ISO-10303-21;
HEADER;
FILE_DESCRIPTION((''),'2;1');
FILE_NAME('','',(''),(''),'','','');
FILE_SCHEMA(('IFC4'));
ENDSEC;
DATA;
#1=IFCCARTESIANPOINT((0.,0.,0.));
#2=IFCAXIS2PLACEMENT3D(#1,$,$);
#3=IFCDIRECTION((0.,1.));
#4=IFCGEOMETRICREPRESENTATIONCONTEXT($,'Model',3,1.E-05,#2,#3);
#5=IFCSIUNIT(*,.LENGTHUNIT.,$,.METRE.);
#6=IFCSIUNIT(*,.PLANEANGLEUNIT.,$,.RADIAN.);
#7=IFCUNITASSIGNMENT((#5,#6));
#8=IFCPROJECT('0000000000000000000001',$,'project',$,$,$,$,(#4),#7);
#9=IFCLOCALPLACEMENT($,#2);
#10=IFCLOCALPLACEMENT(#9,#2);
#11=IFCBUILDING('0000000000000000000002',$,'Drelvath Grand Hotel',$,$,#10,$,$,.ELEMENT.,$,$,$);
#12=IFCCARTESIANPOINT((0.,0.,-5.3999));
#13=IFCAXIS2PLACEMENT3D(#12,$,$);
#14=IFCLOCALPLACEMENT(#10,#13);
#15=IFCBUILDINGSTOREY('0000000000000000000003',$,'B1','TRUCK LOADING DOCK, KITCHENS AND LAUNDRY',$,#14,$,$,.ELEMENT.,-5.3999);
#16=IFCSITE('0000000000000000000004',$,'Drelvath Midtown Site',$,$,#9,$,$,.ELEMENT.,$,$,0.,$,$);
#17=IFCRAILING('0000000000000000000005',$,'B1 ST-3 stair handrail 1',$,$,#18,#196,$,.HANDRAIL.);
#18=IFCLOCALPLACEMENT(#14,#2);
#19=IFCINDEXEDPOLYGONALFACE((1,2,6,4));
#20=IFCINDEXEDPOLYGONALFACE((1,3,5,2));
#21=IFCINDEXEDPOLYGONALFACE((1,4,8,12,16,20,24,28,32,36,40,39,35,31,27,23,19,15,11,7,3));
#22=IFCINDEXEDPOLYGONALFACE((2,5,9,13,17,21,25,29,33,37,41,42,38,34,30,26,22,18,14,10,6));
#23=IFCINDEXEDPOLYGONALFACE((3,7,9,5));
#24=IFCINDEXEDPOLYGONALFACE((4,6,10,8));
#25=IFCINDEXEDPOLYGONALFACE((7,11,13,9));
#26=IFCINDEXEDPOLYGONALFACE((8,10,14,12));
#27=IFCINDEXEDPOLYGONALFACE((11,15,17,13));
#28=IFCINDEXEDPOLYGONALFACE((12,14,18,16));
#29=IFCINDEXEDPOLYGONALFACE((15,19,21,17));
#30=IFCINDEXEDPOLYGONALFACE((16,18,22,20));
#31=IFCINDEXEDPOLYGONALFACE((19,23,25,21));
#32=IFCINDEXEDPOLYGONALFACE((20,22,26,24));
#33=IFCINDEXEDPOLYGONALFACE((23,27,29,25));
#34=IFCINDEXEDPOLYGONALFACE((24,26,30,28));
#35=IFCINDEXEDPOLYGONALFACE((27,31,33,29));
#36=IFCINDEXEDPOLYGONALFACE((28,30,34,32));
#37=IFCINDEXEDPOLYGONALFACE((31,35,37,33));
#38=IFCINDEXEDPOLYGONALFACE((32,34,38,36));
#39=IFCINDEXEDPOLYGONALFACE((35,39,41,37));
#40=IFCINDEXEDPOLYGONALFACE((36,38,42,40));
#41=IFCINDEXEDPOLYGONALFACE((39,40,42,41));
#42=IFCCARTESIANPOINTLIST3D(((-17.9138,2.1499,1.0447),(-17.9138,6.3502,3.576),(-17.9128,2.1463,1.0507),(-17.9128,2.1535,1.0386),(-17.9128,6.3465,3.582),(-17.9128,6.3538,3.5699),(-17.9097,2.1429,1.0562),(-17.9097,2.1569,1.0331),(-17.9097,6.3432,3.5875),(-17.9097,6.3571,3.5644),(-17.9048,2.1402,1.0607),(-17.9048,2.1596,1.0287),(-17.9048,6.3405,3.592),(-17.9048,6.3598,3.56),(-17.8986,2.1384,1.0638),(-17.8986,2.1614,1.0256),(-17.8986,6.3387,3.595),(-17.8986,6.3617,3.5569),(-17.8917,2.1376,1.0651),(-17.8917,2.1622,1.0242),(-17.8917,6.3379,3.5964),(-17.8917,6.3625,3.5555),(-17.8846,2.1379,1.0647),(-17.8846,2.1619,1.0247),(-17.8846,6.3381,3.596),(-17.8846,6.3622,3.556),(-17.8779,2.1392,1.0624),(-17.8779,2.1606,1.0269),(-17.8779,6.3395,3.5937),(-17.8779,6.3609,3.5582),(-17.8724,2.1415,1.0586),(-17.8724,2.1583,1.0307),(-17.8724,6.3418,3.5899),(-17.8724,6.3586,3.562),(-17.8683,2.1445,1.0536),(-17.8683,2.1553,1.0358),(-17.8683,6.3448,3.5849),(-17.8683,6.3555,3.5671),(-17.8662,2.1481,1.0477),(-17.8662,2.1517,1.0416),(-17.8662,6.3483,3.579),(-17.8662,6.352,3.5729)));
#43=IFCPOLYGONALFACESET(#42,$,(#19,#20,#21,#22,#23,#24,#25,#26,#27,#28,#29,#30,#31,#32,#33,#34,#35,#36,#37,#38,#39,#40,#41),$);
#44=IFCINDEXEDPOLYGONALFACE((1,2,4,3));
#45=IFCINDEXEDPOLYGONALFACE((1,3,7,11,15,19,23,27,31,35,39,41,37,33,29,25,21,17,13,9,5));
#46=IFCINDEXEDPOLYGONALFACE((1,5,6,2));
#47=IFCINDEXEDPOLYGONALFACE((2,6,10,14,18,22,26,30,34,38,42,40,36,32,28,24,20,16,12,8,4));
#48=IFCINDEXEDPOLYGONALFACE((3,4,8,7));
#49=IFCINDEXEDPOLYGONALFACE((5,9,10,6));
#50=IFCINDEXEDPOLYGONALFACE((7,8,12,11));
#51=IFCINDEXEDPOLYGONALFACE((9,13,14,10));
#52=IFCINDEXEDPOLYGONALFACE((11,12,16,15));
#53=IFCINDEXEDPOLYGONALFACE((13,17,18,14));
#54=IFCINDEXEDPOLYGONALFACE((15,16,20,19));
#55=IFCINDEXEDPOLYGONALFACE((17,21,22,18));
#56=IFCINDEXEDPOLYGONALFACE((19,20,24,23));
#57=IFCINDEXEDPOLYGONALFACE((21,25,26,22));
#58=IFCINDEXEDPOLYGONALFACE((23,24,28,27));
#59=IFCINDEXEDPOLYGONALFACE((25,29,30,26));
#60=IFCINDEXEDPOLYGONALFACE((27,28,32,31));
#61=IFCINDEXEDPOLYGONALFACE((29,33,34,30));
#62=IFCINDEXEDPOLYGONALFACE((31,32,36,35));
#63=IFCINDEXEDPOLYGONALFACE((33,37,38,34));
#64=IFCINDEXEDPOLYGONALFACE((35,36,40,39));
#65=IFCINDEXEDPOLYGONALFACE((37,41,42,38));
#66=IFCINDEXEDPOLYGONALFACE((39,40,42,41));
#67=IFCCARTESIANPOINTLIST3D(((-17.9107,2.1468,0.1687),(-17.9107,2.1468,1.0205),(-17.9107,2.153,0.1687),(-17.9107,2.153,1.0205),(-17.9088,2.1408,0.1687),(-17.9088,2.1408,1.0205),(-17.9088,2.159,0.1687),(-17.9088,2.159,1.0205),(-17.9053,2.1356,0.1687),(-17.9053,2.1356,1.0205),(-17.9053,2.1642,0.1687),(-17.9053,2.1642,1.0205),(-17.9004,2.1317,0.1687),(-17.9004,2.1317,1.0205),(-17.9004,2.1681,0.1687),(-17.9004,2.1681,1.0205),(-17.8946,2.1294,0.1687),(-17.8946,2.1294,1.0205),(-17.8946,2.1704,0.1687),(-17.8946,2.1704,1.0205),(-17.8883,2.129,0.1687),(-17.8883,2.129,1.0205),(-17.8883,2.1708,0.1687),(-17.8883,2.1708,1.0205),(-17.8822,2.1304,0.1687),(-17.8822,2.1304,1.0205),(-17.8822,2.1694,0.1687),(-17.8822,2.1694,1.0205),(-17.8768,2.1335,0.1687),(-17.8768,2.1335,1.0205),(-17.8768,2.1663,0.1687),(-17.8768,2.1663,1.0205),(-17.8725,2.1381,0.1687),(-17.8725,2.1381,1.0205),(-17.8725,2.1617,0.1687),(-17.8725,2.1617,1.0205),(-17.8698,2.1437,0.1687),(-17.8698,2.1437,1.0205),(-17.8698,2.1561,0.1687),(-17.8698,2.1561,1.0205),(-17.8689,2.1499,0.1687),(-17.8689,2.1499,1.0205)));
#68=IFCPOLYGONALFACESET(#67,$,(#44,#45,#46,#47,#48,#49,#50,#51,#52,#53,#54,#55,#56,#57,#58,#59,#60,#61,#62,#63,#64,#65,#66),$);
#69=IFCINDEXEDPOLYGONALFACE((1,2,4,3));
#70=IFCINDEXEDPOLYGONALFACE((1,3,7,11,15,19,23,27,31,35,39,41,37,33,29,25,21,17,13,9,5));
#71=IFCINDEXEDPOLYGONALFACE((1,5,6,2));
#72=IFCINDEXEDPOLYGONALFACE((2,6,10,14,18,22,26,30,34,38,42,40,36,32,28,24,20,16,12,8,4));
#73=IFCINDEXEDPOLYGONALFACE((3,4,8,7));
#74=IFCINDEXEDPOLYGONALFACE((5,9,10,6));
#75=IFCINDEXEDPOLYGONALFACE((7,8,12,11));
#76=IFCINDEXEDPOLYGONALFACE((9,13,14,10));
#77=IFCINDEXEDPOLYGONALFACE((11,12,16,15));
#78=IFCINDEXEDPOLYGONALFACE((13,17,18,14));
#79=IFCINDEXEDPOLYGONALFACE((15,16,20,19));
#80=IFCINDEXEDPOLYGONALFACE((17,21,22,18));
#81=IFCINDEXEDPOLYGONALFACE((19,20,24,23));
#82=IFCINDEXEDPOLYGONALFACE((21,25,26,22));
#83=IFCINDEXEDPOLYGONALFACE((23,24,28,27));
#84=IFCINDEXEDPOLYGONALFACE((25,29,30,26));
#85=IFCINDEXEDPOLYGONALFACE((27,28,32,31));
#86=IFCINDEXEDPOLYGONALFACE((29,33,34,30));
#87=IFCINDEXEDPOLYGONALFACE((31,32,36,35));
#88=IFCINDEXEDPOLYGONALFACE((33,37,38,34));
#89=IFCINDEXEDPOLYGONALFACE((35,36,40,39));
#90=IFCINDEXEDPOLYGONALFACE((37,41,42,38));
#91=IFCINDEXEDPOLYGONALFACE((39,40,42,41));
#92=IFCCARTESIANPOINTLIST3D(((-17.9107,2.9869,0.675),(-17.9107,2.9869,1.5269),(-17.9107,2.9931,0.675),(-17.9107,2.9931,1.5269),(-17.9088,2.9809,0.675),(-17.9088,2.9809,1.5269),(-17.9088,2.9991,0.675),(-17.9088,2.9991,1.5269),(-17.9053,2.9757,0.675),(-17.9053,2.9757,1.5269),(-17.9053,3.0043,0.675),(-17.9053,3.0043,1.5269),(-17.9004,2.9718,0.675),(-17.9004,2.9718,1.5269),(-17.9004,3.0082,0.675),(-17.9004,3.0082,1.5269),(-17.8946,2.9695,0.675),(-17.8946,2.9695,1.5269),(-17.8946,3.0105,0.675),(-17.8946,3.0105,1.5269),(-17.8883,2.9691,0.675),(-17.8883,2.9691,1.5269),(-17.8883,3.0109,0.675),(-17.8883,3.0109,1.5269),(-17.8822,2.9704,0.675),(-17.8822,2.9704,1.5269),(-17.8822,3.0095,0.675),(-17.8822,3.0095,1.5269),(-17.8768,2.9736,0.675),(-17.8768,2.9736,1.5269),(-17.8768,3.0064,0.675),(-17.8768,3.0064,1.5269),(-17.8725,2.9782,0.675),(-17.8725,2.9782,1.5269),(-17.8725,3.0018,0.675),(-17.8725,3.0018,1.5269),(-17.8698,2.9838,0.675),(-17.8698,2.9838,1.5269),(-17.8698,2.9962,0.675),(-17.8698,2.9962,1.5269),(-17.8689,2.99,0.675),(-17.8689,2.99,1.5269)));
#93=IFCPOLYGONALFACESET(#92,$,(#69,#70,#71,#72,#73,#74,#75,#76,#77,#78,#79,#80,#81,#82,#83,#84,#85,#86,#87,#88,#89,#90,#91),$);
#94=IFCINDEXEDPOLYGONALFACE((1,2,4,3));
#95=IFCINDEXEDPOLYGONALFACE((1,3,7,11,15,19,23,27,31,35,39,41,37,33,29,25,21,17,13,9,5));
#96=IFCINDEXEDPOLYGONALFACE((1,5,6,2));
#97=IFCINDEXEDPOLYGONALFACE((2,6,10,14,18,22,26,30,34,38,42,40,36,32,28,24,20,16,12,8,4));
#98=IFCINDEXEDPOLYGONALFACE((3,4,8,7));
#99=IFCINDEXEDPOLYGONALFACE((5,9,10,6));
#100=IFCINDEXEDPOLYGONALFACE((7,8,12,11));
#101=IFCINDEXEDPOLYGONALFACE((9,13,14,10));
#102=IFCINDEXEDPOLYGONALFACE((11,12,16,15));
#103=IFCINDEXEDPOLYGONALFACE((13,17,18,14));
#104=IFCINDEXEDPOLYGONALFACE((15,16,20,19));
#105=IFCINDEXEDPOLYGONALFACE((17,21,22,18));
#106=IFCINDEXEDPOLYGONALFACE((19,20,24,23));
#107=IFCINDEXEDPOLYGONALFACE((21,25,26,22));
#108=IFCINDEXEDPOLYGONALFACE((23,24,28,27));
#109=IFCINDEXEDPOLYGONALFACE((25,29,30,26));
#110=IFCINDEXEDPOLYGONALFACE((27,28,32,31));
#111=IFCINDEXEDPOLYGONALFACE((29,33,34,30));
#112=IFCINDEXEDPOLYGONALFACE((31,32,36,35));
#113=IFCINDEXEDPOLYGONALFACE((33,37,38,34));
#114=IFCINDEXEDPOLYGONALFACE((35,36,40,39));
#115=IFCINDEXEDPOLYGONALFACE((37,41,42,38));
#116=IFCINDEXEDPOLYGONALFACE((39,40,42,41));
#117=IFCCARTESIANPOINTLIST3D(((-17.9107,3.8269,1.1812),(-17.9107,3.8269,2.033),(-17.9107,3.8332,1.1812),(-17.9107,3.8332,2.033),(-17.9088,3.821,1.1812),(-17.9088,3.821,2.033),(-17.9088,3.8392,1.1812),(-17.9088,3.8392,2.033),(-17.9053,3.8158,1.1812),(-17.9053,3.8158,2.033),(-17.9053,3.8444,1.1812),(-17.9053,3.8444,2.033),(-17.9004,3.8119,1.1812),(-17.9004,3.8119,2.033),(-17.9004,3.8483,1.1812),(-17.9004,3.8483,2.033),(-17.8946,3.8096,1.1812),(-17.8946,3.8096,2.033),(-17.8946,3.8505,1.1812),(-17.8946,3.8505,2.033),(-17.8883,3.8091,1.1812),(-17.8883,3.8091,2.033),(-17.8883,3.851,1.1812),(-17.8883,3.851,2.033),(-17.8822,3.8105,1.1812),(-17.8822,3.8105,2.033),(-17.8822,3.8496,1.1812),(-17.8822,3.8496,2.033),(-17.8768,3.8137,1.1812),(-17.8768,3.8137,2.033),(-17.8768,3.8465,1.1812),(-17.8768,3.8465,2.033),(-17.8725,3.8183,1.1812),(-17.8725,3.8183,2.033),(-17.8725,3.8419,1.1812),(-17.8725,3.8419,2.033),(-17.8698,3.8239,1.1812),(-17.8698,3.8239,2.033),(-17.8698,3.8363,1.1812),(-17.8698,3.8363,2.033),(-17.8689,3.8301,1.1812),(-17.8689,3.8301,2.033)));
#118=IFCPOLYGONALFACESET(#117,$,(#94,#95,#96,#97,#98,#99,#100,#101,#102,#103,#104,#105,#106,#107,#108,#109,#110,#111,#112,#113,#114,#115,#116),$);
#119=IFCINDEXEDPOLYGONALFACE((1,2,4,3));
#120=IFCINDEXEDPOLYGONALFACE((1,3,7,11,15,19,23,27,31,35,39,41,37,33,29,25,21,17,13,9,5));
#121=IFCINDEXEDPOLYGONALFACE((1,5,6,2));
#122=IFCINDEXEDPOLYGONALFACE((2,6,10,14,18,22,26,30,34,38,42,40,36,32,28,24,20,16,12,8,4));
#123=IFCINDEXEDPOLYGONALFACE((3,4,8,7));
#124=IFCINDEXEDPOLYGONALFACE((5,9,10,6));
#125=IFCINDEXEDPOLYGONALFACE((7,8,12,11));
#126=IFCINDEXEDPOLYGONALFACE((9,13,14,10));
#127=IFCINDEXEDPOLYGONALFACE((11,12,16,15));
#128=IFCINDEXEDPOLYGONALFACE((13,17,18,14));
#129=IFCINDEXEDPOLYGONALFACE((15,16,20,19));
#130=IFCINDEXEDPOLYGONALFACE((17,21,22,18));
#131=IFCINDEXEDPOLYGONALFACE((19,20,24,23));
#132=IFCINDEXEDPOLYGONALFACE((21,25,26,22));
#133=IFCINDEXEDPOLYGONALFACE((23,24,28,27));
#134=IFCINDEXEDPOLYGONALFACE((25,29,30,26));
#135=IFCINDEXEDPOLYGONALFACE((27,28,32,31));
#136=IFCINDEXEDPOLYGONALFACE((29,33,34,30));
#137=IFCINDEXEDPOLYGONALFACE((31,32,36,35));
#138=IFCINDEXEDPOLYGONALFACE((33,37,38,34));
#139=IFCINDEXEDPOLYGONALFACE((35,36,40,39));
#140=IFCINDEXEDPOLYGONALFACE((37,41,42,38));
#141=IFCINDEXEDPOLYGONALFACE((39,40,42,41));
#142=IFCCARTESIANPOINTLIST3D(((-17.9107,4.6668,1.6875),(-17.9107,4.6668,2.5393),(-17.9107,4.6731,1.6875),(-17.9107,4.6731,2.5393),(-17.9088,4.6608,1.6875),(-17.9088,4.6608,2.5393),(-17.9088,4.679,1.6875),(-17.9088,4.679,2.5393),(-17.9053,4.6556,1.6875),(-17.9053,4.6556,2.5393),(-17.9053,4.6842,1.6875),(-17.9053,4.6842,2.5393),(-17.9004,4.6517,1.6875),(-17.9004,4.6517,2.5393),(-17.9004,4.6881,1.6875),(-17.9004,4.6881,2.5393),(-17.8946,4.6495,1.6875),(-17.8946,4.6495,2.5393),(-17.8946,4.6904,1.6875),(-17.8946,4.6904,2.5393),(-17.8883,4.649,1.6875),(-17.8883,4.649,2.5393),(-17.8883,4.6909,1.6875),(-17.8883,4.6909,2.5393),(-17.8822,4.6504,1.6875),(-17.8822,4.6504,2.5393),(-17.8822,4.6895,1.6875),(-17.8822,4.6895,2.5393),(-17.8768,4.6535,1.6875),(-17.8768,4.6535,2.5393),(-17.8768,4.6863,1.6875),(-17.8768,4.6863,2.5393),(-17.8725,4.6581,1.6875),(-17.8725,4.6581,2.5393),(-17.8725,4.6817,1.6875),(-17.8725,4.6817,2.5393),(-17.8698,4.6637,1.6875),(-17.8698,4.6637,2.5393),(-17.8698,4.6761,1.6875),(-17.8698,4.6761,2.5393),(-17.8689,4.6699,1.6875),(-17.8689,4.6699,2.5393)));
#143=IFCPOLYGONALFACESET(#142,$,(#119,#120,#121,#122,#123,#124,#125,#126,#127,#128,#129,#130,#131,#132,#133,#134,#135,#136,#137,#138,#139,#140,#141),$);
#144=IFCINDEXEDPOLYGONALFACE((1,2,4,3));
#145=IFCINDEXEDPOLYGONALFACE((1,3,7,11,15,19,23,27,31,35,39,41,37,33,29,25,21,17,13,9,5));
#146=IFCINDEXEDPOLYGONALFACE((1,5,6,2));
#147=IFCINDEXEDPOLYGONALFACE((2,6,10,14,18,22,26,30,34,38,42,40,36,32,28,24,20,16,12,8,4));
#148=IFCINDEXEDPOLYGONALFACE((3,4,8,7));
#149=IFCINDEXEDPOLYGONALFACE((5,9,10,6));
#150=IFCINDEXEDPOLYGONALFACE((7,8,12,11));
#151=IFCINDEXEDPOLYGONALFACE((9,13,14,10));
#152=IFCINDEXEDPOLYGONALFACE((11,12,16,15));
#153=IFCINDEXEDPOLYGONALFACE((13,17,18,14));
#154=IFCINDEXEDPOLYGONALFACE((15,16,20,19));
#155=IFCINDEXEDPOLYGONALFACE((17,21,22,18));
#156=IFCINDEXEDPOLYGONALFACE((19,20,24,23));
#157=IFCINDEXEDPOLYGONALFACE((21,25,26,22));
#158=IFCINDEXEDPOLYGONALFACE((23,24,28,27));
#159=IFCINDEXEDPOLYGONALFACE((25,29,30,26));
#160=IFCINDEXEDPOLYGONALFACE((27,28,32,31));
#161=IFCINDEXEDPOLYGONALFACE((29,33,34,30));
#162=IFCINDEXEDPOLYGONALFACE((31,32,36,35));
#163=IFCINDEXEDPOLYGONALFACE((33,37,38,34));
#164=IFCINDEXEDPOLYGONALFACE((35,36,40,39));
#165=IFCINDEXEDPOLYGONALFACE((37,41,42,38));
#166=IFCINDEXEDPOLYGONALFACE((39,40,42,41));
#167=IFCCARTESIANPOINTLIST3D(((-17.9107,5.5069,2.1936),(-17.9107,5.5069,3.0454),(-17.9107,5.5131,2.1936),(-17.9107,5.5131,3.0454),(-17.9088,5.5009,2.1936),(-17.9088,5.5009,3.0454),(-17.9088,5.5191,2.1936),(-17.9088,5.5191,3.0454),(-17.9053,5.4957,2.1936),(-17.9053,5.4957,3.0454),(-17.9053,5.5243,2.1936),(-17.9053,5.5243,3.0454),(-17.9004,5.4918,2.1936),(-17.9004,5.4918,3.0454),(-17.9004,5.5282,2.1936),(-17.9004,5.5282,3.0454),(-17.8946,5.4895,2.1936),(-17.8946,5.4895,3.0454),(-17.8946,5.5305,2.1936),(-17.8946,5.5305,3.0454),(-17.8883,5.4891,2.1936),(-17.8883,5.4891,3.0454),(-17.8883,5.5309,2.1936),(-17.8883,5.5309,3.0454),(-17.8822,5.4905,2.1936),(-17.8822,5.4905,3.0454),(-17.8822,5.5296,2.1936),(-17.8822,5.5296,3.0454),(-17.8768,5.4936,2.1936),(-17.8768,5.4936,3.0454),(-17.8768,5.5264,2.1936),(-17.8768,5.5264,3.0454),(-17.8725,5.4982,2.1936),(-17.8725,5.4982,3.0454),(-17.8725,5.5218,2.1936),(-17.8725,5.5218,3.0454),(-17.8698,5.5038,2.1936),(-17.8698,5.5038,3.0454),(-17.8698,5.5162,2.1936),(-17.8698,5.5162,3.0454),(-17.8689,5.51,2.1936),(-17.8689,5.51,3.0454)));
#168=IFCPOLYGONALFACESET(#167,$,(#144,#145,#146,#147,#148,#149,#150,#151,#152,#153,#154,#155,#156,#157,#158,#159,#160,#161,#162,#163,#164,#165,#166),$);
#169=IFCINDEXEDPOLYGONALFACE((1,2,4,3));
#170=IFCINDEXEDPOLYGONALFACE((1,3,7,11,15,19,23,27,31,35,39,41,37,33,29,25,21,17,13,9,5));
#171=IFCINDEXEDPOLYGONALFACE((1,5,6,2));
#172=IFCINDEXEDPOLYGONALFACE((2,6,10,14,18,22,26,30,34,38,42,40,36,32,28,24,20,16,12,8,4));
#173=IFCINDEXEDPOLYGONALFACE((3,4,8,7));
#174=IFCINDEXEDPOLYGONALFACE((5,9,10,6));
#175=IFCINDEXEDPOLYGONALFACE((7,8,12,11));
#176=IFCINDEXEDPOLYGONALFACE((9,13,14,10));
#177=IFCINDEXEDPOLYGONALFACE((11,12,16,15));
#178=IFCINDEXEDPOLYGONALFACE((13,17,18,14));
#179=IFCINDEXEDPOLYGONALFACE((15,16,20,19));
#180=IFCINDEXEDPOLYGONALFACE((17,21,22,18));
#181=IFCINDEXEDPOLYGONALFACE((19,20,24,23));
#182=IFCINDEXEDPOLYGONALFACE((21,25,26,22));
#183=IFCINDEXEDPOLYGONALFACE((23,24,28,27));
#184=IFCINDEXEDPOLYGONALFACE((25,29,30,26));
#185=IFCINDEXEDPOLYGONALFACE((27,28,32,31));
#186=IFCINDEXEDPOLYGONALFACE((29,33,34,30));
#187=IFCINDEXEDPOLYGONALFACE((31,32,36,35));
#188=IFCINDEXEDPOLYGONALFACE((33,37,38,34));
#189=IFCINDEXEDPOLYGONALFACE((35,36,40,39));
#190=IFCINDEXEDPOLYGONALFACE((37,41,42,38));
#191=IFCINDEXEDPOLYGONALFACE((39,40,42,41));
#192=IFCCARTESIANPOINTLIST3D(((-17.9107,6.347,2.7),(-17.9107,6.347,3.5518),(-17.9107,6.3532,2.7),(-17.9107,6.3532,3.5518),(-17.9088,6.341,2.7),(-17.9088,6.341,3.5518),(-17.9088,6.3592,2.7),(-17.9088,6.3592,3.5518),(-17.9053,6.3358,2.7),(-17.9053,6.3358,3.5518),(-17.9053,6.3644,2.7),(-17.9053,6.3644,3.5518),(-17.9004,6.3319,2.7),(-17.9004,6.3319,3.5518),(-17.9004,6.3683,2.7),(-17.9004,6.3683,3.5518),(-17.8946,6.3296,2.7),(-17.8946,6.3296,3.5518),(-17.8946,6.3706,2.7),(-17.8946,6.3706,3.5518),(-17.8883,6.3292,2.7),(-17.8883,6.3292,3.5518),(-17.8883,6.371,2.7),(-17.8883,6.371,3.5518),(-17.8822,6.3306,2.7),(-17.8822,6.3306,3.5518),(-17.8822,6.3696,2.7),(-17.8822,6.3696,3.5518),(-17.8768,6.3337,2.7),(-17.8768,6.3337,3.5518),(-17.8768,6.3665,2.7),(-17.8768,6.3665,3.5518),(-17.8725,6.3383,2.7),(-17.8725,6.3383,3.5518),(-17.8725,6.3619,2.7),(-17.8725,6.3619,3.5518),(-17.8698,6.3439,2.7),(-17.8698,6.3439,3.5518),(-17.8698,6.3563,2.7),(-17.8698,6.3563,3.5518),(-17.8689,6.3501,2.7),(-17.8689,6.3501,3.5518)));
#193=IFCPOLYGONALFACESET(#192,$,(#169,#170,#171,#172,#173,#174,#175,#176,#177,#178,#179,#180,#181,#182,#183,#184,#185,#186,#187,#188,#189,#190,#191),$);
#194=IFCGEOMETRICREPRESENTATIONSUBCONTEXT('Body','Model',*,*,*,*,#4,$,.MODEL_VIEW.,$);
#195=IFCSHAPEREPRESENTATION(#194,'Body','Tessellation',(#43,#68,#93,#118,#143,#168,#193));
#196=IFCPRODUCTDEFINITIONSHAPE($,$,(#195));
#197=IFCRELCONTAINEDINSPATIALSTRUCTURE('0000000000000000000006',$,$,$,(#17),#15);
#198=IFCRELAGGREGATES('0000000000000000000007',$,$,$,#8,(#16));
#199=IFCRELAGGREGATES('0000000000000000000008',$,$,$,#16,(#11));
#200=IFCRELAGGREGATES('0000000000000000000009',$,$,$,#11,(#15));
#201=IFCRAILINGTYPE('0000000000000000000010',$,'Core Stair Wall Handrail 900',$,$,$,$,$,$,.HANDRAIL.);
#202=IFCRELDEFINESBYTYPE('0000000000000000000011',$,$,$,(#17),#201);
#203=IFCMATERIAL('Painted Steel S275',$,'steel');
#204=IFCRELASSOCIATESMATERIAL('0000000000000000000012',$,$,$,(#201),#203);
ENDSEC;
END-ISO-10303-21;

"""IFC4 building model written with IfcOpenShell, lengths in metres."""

from ifc_helpers import new_model, si_unit, direction, frame, origin, origin_2d, place, context, subcontext, project, spatial, circle, extrude, material, type_object, element, save


model = new_model("IFC4")

# Units and contexts
model_context = context("Model", 3, precision=1e-05, world=origin(), true_north=direction((0.0, 1.0)))
body_context = subcontext(model_context, "Body", "Model", "MODEL_VIEW")
ifc_project = project(units=[si_unit("LENGTHUNIT", "METRE"), si_unit("PLANEANGLEUNIT", "RADIAN")], contexts=[model_context])

# Site, building, storey
site_placement = place(None, origin())
site = spatial("IfcSite", under=ifc_project, at=site_placement, Name="Drelvath Midtown Site", CompositionType="ELEMENT", RefElevation=0.0)
building_placement = place(site_placement, origin())
building = spatial("IfcBuilding", under=site, at=building_placement, Name="Drelvath Grand Hotel", CompositionType="ELEMENT")
storey_placement = place(building_placement, frame((0.0, 0.0, -5.3999)))
storey = spatial("IfcBuildingStorey", under=building, at=storey_placement, Name="B1", Description="TRUCK LOADING DOCK, KITCHENS AND LAUNDRY", CompositionType="ELEMENT", Elevation=-5.3999)

# Shared definitions
ifc_material_1 = material(Name="Painted Steel S275", Category="steel")

# Railing
railing_type = type_object("IfcRailingType", Name="Core Stair Wall Handrail 900", PredefinedType="HANDRAIL", material=ifc_material_1)
railing_placement = place(storey_placement, frame((-17.8899, 2.1499, 0.1687)))
element("IfcRailing", 1, at=railing_placement, inside=storey, type_object=railing_type, Name="B1 ST-3 stair handrail 1", PredefinedType="HANDRAIL", context=body_context, shape_type="SweptSolid", body=[
    extrude(circle(Radius=0.0239, at=origin_2d()), frame((0.0, 0.0, 0.876), z_axis=(0.0, 0.85649, 0.516164), x_axis=(-1.0, 0.0, 0.0)), (0.0, 0.0, 1.0), 4.9041),
    extrude(circle(Radius=0.021, at=origin_2d()), origin(), (0.0, 0.0, 1.0), 0.8518),
    extrude(circle(Radius=0.021, at=origin_2d()), frame((0.0, 0.8401, 0.5063)), (0.0, 0.0, 1.0), 0.8518),
    extrude(circle(Radius=0.021, at=origin_2d()), frame((0.0, 1.6802, 1.0125)), (0.0, 0.0, 1.0), 0.8518),
    extrude(circle(Radius=0.021, at=origin_2d()), frame((0.0, 2.52, 1.5188)), (0.0, 0.0, 1.0), 0.8518),
    extrude(circle(Radius=0.021, at=origin_2d()), frame((0.0, 3.3601, 2.0249)), (0.0, 0.0, 1.0), 0.8518),
    extrude(circle(Radius=0.021, at=origin_2d()), frame((0.0, 4.2002, 2.5312)), (0.0, 0.0, 1.0), 0.8518),
])

save(model, "model.ifc")
